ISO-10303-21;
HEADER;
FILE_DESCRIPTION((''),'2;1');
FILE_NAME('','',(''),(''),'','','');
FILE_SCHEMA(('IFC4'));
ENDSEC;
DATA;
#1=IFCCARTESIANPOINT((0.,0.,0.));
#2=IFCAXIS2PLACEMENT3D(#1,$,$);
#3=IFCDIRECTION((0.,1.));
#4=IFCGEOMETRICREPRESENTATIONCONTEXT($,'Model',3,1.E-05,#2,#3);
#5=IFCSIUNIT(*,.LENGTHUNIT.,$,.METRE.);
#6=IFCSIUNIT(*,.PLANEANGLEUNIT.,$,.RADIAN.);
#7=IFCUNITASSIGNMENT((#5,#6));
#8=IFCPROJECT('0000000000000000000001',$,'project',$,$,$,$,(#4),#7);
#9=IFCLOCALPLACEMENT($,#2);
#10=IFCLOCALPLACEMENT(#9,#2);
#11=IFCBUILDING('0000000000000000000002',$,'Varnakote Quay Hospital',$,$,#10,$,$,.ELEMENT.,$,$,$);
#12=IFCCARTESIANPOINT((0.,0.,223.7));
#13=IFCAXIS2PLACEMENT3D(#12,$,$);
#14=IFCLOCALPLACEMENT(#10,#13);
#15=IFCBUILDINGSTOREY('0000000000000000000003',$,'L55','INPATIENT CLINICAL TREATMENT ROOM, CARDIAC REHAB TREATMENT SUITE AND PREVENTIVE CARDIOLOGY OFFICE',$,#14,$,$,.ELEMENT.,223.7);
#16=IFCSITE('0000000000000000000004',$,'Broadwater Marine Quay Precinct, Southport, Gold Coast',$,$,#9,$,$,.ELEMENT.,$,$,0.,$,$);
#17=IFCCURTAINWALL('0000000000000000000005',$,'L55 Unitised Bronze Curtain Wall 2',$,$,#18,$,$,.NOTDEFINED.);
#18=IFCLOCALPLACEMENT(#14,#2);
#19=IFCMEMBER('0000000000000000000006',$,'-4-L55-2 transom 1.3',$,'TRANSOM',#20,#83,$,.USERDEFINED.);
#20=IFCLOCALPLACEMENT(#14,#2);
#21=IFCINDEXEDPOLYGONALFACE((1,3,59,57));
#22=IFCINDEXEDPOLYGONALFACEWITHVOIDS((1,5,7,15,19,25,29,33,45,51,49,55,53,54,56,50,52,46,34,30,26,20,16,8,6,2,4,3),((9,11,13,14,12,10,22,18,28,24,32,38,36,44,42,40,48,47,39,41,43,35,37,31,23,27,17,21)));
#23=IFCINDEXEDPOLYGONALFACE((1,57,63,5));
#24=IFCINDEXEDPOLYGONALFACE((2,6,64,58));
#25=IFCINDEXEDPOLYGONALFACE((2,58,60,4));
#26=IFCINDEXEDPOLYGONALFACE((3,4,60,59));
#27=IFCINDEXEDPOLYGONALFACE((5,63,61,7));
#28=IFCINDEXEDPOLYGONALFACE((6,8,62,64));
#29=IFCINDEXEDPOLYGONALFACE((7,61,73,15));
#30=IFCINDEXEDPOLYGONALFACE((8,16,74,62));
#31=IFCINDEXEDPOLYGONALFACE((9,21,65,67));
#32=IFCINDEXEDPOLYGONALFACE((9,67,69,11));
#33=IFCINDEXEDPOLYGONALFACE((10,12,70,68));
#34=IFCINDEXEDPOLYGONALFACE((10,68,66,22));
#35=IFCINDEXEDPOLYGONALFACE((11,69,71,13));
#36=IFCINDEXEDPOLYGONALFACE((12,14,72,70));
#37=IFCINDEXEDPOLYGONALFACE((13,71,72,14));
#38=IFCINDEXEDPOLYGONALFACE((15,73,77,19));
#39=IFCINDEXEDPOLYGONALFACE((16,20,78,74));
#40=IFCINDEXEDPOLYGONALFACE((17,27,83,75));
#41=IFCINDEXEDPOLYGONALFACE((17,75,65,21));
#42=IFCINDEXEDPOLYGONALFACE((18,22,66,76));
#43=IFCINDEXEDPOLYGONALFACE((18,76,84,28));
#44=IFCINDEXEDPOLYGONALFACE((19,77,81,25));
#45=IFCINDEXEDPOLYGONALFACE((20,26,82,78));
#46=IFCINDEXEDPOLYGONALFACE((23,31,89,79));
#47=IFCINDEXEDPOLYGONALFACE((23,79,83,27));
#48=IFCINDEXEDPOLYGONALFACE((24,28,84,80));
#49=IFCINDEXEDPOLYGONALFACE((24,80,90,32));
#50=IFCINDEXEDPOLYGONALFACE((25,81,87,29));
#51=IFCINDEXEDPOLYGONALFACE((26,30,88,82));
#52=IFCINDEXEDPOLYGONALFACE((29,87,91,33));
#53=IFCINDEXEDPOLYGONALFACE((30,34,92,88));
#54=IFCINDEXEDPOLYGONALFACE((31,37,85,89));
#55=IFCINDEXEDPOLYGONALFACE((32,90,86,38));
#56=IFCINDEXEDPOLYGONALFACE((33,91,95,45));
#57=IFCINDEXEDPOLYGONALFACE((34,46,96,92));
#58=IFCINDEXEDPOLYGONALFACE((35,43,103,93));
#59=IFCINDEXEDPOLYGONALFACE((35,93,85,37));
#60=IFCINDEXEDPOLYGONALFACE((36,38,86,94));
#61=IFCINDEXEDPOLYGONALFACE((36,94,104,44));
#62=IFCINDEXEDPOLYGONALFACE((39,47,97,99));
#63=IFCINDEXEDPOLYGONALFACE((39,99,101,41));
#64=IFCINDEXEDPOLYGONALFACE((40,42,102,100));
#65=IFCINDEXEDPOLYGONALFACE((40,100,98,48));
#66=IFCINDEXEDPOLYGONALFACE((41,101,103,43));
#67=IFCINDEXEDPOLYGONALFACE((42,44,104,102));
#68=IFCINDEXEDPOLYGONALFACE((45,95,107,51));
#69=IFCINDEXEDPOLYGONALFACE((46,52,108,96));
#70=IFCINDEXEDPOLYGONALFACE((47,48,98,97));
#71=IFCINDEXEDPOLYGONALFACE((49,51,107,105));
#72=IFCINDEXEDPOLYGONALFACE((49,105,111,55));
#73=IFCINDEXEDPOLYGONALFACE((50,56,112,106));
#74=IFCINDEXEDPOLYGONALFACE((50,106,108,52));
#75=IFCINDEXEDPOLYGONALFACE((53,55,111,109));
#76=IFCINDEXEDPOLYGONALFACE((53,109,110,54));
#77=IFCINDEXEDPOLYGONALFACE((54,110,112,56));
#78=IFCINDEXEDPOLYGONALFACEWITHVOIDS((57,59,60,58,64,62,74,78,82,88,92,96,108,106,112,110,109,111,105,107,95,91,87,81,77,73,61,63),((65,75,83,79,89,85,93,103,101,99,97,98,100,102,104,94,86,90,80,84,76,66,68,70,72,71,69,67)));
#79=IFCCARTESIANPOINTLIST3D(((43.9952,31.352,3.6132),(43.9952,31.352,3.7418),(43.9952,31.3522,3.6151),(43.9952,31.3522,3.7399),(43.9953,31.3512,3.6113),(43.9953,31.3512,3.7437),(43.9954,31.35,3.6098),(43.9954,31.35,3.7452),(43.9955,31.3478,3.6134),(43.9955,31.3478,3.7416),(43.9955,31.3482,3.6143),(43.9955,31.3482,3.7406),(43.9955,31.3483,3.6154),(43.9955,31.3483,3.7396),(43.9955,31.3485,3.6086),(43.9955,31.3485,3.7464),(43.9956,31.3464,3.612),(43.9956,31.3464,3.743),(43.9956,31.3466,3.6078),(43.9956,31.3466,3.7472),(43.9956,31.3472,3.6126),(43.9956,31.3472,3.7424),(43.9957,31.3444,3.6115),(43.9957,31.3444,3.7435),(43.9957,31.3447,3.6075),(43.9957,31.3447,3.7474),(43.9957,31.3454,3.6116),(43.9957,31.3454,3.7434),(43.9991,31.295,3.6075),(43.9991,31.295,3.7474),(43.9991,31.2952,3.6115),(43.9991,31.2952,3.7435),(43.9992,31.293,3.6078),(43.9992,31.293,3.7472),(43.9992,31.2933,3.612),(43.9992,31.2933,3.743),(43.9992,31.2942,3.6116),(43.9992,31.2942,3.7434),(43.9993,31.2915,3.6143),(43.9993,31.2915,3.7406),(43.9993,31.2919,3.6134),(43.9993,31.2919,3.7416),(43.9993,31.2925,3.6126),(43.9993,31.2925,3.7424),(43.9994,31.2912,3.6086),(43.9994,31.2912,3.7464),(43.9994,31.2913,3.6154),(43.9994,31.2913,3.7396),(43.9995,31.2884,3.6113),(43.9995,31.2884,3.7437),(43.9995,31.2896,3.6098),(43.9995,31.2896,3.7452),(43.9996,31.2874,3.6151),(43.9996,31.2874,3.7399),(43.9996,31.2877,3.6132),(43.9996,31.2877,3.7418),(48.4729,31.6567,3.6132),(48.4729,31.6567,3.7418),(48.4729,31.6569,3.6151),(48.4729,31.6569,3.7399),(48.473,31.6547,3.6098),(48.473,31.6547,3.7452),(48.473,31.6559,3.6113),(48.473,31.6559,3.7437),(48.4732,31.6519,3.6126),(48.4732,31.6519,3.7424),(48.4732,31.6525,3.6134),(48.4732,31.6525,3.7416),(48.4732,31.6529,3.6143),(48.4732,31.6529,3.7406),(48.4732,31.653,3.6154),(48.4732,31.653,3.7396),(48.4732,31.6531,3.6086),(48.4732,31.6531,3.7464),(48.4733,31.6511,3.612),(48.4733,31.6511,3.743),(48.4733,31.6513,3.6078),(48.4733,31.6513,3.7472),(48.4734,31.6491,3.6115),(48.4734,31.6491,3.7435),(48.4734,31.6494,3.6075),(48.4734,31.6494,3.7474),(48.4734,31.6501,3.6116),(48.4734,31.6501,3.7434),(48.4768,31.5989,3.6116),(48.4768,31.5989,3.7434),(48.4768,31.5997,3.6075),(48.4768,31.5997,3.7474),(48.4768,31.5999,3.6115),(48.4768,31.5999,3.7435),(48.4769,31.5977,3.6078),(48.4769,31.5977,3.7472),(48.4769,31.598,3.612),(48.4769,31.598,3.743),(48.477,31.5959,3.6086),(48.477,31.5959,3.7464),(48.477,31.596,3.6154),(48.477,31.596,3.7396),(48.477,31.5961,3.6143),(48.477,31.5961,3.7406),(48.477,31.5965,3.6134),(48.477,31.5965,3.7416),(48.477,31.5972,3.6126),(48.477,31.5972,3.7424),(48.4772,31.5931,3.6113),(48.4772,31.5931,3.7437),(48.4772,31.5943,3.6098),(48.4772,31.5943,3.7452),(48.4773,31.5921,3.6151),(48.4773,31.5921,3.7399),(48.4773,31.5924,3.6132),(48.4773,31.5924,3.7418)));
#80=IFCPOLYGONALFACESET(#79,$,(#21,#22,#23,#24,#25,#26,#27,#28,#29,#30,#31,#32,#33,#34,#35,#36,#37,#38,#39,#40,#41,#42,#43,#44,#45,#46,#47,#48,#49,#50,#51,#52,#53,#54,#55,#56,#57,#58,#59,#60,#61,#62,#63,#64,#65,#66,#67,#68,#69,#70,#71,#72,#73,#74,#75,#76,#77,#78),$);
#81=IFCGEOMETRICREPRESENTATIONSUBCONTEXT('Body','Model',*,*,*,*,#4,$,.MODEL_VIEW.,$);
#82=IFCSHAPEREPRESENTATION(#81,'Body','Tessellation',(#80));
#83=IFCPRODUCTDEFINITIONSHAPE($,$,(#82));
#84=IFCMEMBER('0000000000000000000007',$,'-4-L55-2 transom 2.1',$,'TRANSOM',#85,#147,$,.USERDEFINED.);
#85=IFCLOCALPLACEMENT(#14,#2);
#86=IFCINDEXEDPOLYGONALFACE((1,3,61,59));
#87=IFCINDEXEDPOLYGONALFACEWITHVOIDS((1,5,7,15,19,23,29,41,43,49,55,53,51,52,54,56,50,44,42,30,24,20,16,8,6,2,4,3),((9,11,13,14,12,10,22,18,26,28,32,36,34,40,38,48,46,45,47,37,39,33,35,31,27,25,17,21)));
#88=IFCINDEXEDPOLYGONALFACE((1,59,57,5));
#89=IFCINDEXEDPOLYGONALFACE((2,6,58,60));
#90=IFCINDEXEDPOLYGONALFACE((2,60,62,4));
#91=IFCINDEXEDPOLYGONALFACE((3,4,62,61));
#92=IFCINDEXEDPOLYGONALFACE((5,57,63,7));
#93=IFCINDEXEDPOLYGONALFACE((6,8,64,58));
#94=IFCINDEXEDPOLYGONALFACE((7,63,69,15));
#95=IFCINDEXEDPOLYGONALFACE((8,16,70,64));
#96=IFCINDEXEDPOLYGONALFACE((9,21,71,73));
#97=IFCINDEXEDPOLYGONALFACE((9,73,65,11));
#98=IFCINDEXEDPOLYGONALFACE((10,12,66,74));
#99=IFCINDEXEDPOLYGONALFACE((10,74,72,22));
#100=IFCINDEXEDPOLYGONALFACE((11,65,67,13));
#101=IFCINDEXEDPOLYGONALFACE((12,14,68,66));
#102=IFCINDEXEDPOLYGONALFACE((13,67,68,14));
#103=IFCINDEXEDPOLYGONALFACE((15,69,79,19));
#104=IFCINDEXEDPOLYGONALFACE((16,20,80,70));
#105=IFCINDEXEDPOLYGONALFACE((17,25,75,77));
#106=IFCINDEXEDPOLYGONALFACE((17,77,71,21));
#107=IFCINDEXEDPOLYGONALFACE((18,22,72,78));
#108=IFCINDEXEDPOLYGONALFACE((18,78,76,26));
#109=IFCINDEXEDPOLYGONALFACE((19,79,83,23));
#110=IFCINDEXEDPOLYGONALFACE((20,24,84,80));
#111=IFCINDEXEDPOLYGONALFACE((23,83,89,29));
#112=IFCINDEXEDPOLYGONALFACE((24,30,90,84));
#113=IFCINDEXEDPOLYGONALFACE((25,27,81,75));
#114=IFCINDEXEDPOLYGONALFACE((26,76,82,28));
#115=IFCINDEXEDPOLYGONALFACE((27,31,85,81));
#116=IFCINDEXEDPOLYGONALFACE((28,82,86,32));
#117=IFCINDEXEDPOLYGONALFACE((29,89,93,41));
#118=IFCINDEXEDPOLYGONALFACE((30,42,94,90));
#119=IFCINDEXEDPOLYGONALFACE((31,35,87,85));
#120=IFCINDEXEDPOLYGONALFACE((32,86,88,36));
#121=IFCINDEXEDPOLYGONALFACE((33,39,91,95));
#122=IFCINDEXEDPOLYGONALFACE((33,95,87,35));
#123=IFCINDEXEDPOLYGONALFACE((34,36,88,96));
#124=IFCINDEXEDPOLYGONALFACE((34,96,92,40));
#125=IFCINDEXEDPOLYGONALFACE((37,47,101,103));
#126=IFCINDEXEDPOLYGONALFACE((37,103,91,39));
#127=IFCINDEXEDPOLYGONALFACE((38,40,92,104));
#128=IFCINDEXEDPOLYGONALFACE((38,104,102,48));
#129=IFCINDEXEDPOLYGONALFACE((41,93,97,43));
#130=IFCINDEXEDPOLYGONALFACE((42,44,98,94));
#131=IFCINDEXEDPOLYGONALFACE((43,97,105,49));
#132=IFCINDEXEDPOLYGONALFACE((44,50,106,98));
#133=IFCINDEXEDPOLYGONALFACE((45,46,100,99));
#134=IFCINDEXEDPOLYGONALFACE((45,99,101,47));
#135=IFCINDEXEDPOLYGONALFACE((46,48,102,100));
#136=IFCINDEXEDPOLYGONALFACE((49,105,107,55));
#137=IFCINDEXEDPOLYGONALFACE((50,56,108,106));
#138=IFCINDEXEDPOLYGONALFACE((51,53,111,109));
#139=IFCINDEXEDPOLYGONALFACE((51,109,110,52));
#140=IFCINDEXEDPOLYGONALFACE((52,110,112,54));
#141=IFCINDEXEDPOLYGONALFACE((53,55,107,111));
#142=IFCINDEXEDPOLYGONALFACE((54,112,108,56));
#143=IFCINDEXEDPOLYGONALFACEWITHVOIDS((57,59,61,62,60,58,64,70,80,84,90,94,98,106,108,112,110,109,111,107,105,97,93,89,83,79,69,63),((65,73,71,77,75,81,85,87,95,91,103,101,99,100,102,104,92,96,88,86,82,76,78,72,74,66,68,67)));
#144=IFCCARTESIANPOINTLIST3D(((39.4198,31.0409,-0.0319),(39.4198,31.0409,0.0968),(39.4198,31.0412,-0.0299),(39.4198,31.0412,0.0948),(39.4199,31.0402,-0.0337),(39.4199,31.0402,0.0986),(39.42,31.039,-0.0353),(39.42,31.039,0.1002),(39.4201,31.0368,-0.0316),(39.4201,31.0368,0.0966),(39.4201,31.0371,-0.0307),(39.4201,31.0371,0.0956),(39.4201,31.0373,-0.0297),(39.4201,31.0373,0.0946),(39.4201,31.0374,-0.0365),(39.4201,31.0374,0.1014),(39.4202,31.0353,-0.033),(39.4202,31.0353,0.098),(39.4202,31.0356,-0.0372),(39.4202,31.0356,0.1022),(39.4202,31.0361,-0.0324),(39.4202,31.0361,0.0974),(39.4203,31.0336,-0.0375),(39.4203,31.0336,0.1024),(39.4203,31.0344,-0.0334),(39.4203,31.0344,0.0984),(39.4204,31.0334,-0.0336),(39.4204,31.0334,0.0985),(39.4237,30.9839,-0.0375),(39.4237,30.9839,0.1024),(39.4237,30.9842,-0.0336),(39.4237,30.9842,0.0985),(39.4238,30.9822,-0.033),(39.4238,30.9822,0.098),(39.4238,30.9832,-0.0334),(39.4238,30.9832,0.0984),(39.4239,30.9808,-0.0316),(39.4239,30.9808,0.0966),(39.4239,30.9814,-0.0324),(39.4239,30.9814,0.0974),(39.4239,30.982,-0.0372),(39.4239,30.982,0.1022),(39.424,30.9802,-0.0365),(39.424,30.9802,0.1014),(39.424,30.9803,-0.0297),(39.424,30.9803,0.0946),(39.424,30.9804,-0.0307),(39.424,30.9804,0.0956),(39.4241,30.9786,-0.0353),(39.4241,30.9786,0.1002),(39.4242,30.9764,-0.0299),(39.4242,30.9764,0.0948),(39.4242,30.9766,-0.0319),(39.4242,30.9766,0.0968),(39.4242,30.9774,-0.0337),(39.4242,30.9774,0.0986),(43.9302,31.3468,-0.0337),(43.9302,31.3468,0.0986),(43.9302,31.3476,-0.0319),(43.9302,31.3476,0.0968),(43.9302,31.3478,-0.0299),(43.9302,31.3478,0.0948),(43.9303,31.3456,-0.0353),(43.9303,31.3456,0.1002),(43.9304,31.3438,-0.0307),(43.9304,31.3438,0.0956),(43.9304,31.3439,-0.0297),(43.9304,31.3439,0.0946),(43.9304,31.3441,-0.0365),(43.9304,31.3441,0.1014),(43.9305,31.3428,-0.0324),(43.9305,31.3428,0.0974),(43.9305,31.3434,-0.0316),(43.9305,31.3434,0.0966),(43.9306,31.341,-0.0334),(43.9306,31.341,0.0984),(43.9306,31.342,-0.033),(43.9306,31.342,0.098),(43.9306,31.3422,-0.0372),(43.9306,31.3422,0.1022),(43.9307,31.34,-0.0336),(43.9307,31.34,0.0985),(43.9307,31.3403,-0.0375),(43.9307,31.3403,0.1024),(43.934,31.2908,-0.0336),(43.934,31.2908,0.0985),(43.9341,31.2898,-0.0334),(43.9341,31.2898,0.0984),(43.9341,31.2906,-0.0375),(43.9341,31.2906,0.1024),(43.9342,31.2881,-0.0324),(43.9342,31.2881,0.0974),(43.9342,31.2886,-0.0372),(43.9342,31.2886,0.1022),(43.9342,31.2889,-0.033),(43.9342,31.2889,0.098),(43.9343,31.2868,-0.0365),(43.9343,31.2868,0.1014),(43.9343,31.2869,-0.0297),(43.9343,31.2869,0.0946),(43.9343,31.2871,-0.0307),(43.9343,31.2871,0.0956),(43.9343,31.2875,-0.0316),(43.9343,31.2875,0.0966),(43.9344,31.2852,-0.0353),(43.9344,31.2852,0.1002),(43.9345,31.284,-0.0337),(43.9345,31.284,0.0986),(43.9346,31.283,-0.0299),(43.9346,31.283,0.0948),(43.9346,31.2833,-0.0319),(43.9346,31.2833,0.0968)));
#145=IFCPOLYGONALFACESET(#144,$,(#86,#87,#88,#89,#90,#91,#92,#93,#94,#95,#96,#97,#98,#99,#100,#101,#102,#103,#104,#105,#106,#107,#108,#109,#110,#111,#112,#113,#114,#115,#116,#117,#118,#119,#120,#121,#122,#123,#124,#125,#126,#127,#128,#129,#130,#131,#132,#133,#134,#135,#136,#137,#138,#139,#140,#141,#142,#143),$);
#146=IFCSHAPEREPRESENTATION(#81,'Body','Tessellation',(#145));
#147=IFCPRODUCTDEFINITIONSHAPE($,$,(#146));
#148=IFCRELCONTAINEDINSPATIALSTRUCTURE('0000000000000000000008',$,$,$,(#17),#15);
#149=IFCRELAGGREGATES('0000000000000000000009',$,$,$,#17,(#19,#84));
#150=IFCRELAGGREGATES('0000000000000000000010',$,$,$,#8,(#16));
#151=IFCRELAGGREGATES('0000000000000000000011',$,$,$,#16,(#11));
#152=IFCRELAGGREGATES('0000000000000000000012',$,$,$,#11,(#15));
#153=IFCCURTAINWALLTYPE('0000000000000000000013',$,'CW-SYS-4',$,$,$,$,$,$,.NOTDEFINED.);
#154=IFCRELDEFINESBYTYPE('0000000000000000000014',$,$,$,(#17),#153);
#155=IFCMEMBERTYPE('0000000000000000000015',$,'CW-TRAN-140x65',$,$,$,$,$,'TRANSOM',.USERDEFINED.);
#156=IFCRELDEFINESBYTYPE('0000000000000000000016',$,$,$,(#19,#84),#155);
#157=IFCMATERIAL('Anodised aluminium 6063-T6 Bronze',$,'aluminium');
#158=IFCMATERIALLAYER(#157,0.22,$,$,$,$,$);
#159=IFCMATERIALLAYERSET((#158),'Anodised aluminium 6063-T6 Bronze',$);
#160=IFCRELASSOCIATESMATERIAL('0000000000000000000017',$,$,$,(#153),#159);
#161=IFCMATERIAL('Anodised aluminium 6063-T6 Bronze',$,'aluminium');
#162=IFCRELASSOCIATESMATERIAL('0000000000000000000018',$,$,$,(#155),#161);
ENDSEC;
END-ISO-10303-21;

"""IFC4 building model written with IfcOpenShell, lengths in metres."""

from ifc_helpers import new_model, si_unit, direction, frame, origin, origin_2d, place, context, subcontext, project, spatial, hollow_rectangle, extrude, material, layer, layer_set, material_profile, profile_set, type_object, element, aggregate, save


model = new_model("IFC4")

# Units and contexts
model_context = context("Model", 3, precision=1e-05, world=origin(), true_north=direction((0.0, 1.0)))
body_context = subcontext(model_context, "Body", "Model", "MODEL_VIEW")
ifc_project = project(units=[si_unit("LENGTHUNIT", "METRE"), si_unit("PLANEANGLEUNIT", "RADIAN")], contexts=[model_context])

# Site, building, storey
site_placement = place(None, origin())
site = spatial("IfcSite", under=ifc_project, at=site_placement, Name="Broadwater Marine Quay Precinct, Southport, Gold Coast", CompositionType="ELEMENT", RefElevation=0.0)
building_placement = place(site_placement, origin())
building = spatial("IfcBuilding", under=site, at=building_placement, Name="Varnakote Quay Hospital", CompositionType="ELEMENT")
storey_placement = place(building_placement, frame((0.0, 0.0, 223.7)))
storey = spatial("IfcBuildingStorey", under=building, at=storey_placement, Name="L55", Description="INPATIENT CLINICAL TREATMENT ROOM, CARDIAC REHAB TREATMENT SUITE AND PREVENTIVE CARDIOLOGY OFFICE", CompositionType="ELEMENT", Elevation=223.7)

# Curtain wall, members
ifc_material_1 = material(Name="Anodised aluminium 6063-T6 Bronze", Category="aluminium")
ifc_layer_1 = layer(ifc_material_1, 0.22)
ifc_layer_set_1 = layer_set([ifc_layer_1], Name="Anodised aluminium 6063-T6 Bronze")
curtain_wall_type = type_object("IfcCurtainWallType", Name="CW-SYS-4", PredefinedType="NOTDEFINED", material=ifc_layer_set_1)
curtain_wall_placement = place(storey_placement, origin())
curtain_wall = element("IfcCurtainWall", 1, at=curtain_wall_placement, inside=storey, type_object=curtain_wall_type, Name="L55 Unitised Bronze Curtain Wall 2", PredefinedType="NOTDEFINED")
ifc_material_2 = material(Name="Anodised aluminium 6063-T6 Bronze", Category="aluminium")
ifc_material_profile_1 = material_profile(ifc_material_2, hollow_rectangle(XDim=0.0649, YDim=0.1399, WallThickness=0.0039, InnerFilletRadius=0.0039, OuterFilletRadius=0.0076, at=origin_2d()), Name="CW-TRAN-140x65")
ifc_profile_set_1 = profile_set([ifc_material_profile_1], Name="Anodised aluminium 6063-T6 Bronze")
member_type_1 = type_object("IfcMemberType", Name="CW-TRAN-140x65", ElementType="TRANSOM", PredefinedType="USERDEFINED", material=ifc_profile_set_1)
member_1_placement = place(storey_placement, frame((48.4751, 31.6245, 3.6775), z_axis=(-0.997693, -0.067887, 0.0), x_axis=(0.067887, -0.997693, 0.0)))
member_1 = element("IfcMember", 2, at=member_1_placement, type_object=member_type_1, Name="-4-L55-2 transom 1.3", ObjectType="TRANSOM", PredefinedType="USERDEFINED", context=body_context, shape_type="SweptSolid", body=[
    extrude(hollow_rectangle(XDim=0.0649, YDim=0.1399, WallThickness=0.0039, InnerFilletRadius=0.0039, OuterFilletRadius=0.0076, at=origin_2d()), origin(), (0.0, 0.0, 1.0), 4.488),
])
member_2_placement = place(storey_placement, frame((43.9324, 31.3154, 0.0325), z_axis=(-0.997697, -0.067831, 0.0), x_axis=(0.067831, -0.997697, 0.0)))
member_2 = element("IfcMember", 3, at=member_2_placement, type_object=member_type_1, Name="-4-L55-2 transom 2.1", ObjectType="TRANSOM", PredefinedType="USERDEFINED", context=body_context, shape_type="SweptSolid", body=[
    extrude(hollow_rectangle(XDim=0.0649, YDim=0.1399, WallThickness=0.0039, InnerFilletRadius=0.0039, OuterFilletRadius=0.0076, at=origin_2d()), origin(), (0.0, 0.0, 1.0), 4.5208),
])
aggregate(curtain_wall, [member_1, member_2])

save(model, "model.ifc")
